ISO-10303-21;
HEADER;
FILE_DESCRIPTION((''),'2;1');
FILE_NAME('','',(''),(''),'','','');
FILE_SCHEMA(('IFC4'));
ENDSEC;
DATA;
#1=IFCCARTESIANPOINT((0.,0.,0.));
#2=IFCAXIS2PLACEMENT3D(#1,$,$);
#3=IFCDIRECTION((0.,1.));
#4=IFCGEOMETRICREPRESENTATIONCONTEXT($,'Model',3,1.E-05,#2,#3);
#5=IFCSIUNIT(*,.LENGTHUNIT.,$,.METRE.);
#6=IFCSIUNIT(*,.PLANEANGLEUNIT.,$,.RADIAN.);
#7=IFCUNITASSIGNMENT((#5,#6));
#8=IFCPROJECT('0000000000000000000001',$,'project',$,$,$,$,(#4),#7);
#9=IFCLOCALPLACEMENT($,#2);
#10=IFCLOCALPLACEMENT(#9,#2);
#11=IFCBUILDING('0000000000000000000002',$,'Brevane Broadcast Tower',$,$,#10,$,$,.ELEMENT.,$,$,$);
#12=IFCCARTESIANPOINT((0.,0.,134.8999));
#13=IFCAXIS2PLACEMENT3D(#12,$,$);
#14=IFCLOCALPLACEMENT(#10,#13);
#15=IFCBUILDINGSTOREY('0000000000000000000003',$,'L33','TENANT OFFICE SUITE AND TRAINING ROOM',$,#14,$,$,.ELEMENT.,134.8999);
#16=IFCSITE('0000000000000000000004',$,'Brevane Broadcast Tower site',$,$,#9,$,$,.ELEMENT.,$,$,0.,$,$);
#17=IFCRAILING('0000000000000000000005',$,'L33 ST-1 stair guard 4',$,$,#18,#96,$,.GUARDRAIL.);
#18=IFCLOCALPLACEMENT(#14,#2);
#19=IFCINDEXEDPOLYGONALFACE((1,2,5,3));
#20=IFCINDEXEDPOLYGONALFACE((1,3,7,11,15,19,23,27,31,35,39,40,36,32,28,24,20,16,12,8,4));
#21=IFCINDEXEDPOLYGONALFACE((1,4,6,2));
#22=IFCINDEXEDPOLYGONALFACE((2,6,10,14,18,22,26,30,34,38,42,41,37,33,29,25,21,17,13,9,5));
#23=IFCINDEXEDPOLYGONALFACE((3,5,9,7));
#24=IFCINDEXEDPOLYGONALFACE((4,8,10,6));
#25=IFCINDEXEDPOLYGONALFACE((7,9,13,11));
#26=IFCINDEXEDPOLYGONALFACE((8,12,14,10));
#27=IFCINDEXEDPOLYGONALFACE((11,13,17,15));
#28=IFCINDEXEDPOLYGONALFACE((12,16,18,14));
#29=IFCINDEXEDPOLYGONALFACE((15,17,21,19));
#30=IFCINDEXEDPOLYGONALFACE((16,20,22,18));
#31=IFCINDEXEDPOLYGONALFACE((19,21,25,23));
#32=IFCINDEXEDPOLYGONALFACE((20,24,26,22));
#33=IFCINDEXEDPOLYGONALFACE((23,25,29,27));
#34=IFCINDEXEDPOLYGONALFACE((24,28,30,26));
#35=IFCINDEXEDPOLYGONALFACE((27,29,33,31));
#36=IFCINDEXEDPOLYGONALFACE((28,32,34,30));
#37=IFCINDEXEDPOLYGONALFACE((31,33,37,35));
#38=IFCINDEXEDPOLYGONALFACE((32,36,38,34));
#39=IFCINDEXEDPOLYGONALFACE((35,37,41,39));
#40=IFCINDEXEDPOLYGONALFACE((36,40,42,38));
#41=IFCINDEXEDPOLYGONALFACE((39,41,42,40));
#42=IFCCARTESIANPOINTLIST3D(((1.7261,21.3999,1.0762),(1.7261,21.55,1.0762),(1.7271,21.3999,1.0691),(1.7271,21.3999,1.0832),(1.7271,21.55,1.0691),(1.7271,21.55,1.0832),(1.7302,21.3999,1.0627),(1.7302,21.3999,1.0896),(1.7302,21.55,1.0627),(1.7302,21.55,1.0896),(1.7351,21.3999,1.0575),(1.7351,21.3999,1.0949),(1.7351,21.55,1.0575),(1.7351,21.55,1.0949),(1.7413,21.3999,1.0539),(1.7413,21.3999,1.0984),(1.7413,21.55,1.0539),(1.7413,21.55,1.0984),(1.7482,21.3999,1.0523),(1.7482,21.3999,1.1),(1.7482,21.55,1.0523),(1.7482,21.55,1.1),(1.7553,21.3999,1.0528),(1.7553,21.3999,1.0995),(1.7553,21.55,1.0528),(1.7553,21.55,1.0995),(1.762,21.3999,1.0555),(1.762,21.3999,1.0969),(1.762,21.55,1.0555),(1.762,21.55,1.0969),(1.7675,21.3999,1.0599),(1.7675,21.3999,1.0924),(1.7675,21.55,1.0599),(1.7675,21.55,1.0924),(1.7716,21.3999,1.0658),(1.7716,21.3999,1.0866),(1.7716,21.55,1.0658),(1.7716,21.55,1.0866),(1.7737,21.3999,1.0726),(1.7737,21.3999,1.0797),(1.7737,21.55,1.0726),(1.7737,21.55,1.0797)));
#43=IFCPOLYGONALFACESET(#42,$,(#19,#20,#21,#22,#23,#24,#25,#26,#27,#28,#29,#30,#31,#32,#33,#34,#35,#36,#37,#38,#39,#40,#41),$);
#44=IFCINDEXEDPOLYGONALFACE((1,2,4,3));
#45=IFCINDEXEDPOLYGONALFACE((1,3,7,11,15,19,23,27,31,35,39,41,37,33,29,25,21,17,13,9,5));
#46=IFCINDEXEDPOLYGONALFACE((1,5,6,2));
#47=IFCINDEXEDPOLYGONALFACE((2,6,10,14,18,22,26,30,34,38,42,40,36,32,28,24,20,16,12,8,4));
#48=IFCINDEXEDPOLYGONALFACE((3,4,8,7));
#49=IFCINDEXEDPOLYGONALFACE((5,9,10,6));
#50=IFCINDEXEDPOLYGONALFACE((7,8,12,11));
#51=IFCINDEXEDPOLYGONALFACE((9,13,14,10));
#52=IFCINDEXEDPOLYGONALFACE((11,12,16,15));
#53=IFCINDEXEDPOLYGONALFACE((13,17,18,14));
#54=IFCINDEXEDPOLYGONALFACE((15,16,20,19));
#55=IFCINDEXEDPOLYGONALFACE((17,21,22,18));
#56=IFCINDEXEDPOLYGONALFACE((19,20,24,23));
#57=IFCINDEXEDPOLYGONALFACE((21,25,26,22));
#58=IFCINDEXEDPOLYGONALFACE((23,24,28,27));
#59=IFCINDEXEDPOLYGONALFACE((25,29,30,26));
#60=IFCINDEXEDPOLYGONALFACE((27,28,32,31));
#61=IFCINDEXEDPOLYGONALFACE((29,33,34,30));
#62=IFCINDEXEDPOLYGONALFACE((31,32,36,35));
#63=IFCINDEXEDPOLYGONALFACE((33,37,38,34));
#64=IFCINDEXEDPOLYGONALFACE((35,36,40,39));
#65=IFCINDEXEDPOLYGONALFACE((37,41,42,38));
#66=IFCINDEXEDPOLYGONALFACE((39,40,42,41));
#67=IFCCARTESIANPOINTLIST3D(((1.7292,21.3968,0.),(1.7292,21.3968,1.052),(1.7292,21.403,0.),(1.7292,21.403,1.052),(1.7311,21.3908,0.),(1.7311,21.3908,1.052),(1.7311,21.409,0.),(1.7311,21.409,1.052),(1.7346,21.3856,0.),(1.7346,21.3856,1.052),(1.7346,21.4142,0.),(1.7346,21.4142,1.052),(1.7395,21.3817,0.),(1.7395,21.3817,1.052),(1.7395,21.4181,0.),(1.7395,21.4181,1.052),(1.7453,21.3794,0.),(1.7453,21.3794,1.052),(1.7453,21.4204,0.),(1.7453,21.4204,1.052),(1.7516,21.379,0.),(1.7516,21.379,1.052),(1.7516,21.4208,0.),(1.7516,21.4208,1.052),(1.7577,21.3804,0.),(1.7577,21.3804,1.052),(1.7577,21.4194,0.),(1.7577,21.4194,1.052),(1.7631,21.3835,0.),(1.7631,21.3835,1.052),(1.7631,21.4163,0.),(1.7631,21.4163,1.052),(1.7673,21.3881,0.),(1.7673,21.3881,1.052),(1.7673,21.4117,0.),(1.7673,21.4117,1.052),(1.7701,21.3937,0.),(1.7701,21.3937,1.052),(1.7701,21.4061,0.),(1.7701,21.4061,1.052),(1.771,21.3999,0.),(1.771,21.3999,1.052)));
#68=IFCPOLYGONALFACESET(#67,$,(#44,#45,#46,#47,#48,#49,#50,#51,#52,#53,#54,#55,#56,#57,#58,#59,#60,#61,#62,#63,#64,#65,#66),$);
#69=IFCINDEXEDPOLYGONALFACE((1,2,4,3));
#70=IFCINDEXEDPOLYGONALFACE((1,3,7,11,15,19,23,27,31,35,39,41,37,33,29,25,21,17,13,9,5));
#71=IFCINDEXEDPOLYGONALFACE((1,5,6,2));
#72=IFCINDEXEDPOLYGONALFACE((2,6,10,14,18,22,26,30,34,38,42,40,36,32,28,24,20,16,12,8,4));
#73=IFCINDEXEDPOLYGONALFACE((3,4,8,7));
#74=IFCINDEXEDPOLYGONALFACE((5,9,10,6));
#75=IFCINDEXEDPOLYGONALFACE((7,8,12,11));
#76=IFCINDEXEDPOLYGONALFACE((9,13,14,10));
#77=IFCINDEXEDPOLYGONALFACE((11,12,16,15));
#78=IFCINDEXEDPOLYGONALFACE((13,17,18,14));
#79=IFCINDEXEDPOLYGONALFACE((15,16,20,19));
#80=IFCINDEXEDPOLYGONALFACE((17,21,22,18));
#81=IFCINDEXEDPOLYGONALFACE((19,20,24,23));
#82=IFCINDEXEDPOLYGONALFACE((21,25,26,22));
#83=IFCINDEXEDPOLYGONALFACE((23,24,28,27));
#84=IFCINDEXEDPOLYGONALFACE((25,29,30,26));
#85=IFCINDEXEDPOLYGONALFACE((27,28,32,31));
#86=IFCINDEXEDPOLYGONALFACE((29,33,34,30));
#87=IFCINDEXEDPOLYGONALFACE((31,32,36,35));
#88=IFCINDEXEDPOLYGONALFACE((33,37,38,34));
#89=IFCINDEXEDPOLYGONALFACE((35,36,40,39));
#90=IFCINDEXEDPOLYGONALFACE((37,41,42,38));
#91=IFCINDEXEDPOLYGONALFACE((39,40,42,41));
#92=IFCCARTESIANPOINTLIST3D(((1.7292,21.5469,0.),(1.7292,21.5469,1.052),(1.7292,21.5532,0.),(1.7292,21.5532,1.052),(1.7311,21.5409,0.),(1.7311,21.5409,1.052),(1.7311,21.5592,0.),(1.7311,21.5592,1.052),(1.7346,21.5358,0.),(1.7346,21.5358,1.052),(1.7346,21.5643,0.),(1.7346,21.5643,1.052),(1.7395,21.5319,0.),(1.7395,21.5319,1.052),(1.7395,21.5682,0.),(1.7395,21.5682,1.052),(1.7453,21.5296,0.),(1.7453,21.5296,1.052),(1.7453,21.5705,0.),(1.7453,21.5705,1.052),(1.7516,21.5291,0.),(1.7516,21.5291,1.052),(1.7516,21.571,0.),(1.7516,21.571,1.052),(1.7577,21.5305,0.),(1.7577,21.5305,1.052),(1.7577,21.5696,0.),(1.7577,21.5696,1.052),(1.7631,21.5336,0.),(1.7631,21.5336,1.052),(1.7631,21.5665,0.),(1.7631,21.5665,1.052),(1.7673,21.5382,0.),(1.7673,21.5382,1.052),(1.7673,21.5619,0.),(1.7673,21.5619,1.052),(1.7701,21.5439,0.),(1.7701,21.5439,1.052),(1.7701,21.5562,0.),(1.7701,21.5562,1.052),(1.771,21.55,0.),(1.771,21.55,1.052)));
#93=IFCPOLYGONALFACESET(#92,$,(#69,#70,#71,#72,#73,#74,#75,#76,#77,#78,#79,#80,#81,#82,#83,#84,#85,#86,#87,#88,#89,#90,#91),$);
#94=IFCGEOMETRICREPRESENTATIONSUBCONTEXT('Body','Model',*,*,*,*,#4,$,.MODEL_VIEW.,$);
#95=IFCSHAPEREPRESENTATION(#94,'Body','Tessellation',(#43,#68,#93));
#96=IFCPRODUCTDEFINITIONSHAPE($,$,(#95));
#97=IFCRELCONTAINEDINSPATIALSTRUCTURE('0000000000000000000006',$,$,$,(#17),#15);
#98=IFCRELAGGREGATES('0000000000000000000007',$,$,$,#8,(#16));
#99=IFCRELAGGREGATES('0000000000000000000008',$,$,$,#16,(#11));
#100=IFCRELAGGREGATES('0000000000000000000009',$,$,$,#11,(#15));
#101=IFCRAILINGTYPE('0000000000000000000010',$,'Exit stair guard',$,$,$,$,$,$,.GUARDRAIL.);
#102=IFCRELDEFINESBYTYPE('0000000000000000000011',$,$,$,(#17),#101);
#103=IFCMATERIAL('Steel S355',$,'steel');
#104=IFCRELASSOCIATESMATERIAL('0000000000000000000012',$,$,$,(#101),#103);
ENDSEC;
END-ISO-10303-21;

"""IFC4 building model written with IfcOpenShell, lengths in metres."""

from ifc_helpers import new_model, si_unit, direction, frame, origin, origin_2d, place, context, subcontext, project, spatial, circle, extrude, material, type_object, element, save


model = new_model("IFC4")

# Units and contexts
model_context = context("Model", 3, precision=1e-05, world=origin(), true_north=direction((0.0, 1.0)))
body_context = subcontext(model_context, "Body", "Model", "MODEL_VIEW")
ifc_project = project(units=[si_unit("LENGTHUNIT", "METRE"), si_unit("PLANEANGLEUNIT", "RADIAN")], contexts=[model_context])

# Site, building, storey
site_placement = place(None, origin())
site = spatial("IfcSite", under=ifc_project, at=site_placement, Name="Brevane Broadcast Tower site", CompositionType="ELEMENT", RefElevation=0.0)
building_placement = place(site_placement, origin())
building = spatial("IfcBuilding", under=site, at=building_placement, Name="Brevane Broadcast Tower", CompositionType="ELEMENT")
storey_placement = place(building_placement, frame((0.0, 0.0, 134.8999)))
storey = spatial("IfcBuildingStorey", under=building, at=storey_placement, Name="L33", Description="TENANT OFFICE SUITE AND TRAINING ROOM", CompositionType="ELEMENT", Elevation=134.8999)

# Railing
ifc_material_1 = material(Name="Steel S355", Category="steel")
railing_type_1 = type_object("IfcRailingType", Name="Exit stair guard", PredefinedType="GUARDRAIL", material=ifc_material_1)
railing_1_placement = place(storey_placement, frame((1.75, 21.3999, 0.0)))
element("IfcRailing", 1, at=railing_1_placement, inside=storey, type_object=railing_type_1, Name="L33 ST-1 stair guard 4", PredefinedType="GUARDRAIL", context=body_context, shape_type="SweptSolid", body=[
    extrude(circle(Radius=0.0239, at=origin_2d()), frame((0.0, 0.0, 1.0762), z_axis=(0.0, 1.0, 0.0), x_axis=(-1.0, 0.0, 0.0)), (0.0, 0.0, 1.0), 0.1501),
    extrude(circle(Radius=0.021, at=origin_2d()), origin(), (0.0, 0.0, 1.0), 1.052),
    extrude(circle(Radius=0.021, at=origin_2d()), frame((0.0, 0.1501, 0.0)), (0.0, 0.0, 1.0), 1.052),
])

save(model, "model.ifc")
